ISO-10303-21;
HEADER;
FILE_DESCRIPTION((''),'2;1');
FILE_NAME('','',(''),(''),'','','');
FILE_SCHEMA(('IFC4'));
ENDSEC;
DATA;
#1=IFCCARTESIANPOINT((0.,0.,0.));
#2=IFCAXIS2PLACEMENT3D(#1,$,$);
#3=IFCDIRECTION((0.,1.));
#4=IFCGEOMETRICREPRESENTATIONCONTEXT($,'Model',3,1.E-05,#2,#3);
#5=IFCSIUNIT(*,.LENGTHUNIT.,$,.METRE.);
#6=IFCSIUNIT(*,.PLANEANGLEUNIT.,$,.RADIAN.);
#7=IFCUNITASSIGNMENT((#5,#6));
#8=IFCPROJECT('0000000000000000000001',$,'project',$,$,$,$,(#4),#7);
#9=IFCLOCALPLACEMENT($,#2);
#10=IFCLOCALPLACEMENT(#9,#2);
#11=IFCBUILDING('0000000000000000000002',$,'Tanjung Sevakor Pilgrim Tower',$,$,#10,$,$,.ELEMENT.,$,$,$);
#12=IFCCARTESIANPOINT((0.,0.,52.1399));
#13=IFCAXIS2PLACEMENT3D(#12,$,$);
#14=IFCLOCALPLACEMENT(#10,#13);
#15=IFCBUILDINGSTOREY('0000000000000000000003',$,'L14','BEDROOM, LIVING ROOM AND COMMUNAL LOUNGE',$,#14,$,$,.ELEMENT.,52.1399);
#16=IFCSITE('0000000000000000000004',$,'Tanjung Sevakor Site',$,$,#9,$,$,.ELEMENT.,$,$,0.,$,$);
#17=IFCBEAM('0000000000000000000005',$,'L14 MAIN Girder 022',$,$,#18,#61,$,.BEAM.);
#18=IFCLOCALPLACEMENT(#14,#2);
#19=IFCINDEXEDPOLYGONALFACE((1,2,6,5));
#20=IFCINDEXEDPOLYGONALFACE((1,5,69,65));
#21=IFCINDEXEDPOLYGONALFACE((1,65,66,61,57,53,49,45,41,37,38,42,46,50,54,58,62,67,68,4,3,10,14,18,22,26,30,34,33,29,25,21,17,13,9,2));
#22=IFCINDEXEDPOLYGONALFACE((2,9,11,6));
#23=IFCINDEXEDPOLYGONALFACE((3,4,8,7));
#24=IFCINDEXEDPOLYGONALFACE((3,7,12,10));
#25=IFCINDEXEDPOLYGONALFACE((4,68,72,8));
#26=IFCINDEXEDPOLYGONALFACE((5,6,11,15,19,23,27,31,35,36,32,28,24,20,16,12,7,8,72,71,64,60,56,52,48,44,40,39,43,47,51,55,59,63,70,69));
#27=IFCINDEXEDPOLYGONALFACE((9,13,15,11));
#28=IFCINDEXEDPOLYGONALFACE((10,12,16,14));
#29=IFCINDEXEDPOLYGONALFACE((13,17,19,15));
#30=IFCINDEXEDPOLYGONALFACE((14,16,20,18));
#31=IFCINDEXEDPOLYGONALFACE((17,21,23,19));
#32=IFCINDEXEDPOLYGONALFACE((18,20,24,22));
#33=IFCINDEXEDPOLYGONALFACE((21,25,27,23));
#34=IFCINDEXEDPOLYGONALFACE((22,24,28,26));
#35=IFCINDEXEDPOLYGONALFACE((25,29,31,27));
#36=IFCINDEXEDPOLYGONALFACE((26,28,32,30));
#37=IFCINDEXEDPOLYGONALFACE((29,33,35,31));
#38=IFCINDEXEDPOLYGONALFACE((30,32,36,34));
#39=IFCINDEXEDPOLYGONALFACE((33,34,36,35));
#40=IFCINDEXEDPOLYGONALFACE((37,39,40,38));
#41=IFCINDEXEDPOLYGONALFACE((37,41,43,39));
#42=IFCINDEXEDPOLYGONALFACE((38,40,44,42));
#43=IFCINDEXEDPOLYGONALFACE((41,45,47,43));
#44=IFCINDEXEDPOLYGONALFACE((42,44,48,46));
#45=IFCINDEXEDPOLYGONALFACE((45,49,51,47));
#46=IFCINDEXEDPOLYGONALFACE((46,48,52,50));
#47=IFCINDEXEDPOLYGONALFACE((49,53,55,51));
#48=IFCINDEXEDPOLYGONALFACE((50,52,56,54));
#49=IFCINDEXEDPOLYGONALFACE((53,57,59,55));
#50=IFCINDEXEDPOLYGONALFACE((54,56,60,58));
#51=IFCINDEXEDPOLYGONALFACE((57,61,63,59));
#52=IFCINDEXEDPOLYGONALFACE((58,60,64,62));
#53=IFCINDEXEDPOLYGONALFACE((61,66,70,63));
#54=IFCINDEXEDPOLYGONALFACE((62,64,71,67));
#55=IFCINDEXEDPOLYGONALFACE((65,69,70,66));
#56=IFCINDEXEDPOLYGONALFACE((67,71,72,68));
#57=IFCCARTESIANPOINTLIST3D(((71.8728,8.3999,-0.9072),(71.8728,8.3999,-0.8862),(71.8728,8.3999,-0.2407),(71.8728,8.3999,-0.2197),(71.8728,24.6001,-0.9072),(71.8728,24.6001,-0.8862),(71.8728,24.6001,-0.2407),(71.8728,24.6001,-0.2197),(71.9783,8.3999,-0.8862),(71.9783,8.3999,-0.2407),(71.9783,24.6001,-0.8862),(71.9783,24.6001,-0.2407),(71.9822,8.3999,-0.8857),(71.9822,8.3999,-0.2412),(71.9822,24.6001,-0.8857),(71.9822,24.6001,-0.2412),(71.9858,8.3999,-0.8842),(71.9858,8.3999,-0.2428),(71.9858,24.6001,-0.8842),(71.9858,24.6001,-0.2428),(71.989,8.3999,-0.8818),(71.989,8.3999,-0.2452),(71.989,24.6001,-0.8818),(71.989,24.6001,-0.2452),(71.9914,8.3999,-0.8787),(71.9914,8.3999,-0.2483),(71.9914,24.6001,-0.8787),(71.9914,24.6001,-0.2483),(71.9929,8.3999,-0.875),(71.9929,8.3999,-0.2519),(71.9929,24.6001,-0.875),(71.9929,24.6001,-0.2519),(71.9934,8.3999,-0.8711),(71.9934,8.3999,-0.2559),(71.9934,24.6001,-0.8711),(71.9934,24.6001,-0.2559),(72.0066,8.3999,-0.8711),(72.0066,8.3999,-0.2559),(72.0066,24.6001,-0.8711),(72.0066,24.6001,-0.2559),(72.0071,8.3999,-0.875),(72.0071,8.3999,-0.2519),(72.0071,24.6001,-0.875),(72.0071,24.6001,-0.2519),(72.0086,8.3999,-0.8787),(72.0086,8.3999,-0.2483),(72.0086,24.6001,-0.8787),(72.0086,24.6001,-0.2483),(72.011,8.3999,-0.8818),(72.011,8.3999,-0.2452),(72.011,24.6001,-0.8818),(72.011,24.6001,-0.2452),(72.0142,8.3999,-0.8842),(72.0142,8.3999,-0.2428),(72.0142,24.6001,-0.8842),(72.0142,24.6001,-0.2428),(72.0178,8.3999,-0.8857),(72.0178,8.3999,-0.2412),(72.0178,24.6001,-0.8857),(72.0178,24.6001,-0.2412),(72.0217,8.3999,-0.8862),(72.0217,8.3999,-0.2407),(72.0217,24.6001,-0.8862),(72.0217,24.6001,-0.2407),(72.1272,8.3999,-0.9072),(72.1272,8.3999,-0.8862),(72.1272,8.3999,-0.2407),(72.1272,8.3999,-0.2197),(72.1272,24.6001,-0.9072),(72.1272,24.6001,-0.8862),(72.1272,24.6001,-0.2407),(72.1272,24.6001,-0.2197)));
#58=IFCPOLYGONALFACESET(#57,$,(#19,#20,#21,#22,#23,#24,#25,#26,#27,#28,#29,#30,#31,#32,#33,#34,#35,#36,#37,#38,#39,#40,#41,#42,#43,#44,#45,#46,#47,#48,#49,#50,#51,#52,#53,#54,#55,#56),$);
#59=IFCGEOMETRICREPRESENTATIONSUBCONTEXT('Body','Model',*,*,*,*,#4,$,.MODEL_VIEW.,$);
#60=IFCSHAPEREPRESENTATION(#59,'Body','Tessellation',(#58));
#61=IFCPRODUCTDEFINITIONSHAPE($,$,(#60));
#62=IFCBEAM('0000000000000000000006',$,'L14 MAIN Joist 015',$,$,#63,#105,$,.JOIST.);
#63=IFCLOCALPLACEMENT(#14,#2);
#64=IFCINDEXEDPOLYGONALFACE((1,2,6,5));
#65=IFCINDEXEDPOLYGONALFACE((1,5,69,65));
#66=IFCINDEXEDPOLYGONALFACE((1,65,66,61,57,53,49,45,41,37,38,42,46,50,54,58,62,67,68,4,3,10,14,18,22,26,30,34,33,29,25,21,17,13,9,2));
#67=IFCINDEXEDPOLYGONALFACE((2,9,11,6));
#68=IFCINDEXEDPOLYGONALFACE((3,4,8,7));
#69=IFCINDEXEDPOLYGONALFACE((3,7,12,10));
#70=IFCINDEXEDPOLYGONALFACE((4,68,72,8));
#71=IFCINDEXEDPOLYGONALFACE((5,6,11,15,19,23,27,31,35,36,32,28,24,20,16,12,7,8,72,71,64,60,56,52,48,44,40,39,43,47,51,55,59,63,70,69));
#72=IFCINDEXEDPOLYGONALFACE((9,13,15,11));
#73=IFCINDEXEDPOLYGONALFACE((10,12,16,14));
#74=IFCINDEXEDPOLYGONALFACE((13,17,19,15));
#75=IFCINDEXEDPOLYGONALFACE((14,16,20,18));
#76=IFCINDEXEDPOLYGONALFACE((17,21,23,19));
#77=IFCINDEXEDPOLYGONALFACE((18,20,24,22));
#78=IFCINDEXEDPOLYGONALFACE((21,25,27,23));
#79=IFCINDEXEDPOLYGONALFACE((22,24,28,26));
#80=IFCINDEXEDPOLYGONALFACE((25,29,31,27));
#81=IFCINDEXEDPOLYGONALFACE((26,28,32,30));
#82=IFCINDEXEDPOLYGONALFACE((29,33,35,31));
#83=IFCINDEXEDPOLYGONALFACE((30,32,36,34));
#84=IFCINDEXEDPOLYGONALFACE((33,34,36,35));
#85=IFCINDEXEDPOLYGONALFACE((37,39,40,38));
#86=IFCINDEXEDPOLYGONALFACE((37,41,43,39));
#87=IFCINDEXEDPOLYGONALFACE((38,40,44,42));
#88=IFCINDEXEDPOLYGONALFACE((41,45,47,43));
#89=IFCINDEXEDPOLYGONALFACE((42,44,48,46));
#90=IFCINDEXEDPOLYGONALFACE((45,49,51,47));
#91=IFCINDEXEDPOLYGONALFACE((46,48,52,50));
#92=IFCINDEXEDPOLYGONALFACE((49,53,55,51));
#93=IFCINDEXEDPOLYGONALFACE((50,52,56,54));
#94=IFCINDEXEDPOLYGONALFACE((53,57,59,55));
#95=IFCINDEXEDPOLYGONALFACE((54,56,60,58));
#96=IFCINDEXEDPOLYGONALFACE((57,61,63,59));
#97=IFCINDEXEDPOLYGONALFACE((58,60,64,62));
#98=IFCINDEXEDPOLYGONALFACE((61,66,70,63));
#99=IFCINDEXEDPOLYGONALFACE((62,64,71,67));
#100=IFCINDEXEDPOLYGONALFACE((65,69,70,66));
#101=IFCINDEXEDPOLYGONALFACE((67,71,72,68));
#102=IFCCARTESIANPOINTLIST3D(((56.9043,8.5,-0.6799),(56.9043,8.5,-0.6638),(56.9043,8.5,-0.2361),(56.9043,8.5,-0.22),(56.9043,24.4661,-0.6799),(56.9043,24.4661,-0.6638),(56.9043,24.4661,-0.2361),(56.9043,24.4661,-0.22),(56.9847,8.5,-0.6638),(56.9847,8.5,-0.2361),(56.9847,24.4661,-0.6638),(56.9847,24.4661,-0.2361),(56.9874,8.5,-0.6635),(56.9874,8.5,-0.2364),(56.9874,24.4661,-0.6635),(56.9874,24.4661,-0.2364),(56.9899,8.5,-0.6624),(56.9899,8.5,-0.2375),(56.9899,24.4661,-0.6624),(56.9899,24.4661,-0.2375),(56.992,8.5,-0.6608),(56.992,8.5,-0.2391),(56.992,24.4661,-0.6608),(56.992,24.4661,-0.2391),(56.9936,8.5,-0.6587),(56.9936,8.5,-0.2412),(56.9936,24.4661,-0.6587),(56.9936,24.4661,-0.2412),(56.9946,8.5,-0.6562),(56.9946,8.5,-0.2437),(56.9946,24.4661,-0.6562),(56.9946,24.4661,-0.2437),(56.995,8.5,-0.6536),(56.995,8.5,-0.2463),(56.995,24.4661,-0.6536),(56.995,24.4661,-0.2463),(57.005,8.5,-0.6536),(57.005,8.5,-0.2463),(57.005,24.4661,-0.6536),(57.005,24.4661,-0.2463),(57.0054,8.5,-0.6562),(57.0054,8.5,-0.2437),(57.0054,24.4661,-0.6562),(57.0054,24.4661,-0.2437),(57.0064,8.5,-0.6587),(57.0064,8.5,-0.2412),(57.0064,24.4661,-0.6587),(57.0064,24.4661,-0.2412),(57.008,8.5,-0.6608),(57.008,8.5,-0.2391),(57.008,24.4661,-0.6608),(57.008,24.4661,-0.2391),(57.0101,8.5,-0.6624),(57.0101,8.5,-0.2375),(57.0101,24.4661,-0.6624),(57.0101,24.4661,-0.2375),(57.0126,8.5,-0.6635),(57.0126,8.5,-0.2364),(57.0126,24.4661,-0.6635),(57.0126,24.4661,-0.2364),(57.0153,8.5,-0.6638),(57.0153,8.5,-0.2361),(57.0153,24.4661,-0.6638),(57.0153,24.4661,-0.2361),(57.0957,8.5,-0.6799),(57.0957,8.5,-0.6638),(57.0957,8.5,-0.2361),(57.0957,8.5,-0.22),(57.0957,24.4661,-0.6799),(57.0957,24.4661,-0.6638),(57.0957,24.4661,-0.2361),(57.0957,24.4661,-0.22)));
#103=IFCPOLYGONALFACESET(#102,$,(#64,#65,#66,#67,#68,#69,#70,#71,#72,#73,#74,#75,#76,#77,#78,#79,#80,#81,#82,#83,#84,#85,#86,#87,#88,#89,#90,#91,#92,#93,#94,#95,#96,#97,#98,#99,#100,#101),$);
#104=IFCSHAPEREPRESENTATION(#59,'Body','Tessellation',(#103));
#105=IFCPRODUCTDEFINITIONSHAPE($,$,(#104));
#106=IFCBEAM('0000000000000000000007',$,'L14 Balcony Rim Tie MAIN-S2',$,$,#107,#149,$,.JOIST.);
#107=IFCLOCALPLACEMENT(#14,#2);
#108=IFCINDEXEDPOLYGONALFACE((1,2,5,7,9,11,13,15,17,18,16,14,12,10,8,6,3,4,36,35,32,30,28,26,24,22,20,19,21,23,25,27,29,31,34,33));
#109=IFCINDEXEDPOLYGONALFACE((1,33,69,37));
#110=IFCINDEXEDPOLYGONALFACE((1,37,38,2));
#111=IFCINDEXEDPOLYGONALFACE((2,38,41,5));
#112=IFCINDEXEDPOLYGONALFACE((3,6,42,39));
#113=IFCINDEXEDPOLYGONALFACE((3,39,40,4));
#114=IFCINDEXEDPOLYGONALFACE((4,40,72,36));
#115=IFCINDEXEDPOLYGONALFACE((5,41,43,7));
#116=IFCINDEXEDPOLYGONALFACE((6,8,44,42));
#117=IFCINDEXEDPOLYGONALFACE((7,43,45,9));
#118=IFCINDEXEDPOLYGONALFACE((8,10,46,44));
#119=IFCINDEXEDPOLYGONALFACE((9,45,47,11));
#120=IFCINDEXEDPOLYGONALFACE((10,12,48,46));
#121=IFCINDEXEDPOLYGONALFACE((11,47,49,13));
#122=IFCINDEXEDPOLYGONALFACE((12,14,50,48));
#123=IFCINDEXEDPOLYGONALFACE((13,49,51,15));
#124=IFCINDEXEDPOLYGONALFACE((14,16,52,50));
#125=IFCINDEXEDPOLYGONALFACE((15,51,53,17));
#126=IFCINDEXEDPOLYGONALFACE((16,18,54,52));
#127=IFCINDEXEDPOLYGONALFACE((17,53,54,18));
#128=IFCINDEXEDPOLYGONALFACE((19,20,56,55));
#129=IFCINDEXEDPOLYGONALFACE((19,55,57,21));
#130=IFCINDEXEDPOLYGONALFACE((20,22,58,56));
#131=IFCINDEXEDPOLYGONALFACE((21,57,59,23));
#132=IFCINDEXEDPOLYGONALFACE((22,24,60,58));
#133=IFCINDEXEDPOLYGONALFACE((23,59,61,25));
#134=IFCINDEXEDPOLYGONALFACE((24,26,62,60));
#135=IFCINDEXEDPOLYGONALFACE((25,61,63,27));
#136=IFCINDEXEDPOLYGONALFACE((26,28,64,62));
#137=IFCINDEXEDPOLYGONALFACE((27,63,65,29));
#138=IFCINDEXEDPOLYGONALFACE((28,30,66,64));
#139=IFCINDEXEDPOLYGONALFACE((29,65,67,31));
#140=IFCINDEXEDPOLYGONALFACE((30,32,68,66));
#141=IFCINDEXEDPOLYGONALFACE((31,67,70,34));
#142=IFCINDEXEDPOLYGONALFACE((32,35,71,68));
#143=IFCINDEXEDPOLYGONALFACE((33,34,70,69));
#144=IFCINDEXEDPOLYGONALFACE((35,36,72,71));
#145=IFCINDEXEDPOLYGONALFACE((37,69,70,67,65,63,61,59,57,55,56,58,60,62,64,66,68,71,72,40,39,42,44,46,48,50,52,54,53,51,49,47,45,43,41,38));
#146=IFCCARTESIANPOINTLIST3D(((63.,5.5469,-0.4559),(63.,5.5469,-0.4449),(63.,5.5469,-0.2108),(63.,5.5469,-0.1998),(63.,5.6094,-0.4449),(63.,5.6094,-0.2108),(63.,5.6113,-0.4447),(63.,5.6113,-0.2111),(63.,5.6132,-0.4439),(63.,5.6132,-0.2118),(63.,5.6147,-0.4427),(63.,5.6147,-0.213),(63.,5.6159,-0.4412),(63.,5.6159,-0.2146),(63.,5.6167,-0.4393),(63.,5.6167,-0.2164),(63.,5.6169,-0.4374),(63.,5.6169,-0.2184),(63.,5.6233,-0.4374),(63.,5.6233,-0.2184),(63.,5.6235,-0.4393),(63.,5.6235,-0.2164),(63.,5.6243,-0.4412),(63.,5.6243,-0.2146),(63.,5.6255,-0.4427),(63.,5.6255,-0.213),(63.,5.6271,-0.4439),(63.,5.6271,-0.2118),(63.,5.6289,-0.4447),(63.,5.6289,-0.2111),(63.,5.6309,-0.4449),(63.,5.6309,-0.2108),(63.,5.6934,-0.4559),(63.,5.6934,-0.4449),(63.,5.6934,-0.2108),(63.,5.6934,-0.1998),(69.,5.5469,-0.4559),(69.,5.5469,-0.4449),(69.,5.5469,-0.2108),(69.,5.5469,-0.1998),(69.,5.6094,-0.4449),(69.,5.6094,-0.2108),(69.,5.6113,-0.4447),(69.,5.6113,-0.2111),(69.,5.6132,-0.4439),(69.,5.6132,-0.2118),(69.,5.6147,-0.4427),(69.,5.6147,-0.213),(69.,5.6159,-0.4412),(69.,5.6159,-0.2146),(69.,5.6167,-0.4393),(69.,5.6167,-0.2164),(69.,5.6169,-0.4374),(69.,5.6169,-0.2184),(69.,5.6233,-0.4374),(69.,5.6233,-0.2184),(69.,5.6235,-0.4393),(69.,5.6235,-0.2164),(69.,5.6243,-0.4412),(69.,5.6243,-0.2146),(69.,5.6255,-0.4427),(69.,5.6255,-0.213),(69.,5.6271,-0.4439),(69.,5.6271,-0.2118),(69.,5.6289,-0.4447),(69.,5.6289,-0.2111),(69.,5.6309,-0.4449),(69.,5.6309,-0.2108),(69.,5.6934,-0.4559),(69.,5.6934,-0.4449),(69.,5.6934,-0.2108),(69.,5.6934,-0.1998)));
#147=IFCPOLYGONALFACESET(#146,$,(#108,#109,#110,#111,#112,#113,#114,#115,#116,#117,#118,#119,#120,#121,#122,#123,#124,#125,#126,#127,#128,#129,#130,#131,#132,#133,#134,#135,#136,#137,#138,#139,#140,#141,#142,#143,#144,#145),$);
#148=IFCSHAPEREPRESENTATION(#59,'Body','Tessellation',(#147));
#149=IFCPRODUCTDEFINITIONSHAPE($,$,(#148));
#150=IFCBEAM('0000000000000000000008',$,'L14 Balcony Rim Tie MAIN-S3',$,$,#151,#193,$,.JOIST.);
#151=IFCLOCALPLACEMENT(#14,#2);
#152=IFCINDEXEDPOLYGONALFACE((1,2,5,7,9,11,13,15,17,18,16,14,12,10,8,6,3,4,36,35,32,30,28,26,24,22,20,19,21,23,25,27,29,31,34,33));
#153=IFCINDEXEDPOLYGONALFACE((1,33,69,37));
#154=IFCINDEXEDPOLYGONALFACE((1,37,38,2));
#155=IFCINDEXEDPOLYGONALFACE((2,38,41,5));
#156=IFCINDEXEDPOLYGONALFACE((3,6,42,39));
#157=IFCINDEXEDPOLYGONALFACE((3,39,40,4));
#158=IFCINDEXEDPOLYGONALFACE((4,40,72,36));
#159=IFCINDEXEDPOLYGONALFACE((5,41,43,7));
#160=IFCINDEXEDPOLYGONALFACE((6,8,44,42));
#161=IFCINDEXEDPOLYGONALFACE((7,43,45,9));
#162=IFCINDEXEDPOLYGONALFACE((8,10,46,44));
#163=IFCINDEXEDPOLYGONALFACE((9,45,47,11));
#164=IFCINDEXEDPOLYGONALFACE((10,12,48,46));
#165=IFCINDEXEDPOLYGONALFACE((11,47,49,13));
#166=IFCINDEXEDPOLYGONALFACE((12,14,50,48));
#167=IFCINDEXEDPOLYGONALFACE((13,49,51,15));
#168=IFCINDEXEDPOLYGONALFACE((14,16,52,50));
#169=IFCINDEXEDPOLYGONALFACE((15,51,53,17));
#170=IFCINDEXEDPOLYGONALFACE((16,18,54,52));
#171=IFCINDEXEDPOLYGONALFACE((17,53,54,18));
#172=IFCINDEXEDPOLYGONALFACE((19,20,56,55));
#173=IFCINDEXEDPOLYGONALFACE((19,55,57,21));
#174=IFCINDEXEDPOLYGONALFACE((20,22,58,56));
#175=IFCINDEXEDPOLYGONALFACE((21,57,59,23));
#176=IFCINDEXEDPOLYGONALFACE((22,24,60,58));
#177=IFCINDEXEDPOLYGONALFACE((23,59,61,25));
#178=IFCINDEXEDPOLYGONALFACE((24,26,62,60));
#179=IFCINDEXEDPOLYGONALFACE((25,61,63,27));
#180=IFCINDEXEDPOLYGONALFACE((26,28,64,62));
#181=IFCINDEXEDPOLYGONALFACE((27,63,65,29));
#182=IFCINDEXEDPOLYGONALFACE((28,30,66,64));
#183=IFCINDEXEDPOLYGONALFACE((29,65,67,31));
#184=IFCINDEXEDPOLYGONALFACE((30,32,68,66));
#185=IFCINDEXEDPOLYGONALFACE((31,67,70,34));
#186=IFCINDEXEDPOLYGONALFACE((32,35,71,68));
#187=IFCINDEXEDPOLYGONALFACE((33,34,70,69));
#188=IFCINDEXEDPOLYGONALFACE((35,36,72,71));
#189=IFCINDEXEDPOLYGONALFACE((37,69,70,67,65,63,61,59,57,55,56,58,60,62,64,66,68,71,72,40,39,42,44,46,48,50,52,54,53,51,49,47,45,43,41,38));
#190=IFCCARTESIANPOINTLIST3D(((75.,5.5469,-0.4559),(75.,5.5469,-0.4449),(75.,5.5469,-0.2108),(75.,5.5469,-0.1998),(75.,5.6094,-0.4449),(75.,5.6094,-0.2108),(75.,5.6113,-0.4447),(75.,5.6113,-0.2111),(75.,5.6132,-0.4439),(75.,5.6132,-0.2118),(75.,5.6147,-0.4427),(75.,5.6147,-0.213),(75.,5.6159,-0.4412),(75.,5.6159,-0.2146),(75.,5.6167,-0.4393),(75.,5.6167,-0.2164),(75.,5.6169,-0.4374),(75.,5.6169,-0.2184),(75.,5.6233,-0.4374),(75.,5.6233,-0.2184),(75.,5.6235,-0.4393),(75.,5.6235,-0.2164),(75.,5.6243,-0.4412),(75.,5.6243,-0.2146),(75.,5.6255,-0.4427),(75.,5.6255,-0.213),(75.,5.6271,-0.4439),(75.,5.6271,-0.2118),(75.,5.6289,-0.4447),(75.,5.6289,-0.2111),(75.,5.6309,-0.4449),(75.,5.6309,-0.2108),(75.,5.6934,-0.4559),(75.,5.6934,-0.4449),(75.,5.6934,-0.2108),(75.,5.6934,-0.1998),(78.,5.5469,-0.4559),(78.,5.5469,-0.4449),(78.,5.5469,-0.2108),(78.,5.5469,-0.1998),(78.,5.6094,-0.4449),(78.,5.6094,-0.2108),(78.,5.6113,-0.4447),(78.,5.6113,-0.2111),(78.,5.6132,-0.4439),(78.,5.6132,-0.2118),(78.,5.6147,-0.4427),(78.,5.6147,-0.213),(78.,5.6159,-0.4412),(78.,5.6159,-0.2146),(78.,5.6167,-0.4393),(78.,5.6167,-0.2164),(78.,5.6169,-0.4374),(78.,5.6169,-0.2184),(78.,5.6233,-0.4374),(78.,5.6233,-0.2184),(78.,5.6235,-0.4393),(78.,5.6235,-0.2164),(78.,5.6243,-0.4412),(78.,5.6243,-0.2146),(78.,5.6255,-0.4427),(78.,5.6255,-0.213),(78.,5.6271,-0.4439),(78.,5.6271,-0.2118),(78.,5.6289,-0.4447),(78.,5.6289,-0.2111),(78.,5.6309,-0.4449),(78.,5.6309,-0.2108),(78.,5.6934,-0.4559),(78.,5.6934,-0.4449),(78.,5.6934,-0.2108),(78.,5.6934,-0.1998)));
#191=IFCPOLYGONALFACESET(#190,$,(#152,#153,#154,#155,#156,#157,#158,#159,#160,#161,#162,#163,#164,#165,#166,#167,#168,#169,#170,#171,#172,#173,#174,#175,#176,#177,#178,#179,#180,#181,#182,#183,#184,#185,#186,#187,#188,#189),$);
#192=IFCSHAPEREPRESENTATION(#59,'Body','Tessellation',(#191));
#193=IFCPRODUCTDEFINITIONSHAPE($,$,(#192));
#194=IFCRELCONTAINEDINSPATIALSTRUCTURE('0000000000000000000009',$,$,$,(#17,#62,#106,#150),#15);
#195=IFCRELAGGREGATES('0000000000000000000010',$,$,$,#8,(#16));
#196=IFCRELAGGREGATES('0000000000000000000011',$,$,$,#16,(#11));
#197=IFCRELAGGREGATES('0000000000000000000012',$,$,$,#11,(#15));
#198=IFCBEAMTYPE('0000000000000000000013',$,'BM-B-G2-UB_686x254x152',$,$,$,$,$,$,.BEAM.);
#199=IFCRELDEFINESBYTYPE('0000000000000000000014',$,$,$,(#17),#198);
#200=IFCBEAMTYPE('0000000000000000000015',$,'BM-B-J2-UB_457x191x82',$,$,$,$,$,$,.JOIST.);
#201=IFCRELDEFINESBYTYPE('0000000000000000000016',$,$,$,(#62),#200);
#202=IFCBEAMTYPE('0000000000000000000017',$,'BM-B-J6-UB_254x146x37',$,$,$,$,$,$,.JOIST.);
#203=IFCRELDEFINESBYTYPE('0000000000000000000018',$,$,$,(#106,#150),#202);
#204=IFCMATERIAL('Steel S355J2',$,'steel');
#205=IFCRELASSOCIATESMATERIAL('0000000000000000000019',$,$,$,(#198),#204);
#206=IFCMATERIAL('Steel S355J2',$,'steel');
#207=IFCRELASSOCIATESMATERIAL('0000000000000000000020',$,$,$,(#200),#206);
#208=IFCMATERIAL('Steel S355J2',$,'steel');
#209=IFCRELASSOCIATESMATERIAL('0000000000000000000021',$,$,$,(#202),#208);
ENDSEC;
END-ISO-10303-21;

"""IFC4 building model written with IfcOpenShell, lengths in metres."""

from ifc_helpers import new_model, si_unit, direction, frame, origin, origin_2d, place, context, subcontext, project, spatial, i_section, extrude, material, material_profile, profile_set, type_object, element, save


model = new_model("IFC4")

# Units and contexts
model_context = context("Model", 3, precision=1e-05, world=origin(), true_north=direction((0.0, 1.0)))
body_context = subcontext(model_context, "Body", "Model", "MODEL_VIEW")
ifc_project = project(units=[si_unit("LENGTHUNIT", "METRE"), si_unit("PLANEANGLEUNIT", "RADIAN")], contexts=[model_context])

# Site, building, storey
site_placement = place(None, origin())
site = spatial("IfcSite", under=ifc_project, at=site_placement, Name="Tanjung Sevakor Site", CompositionType="ELEMENT", RefElevation=0.0)
building_placement = place(site_placement, origin())
building = spatial("IfcBuilding", under=site, at=building_placement, Name="Tanjung Sevakor Pilgrim Tower", CompositionType="ELEMENT")
storey_placement = place(building_placement, frame((0.0, 0.0, 52.1399)))
storey = spatial("IfcBuildingStorey", under=building, at=storey_placement, Name="L14", Description="BEDROOM, LIVING ROOM AND COMMUNAL LOUNGE", CompositionType="ELEMENT", Elevation=52.1399)

# Beams
ifc_material_1 = material(Name="Steel S355J2", Category="steel")
ifc_material_profile_1 = material_profile(ifc_material_1, i_section(OverallWidth=0.2544, OverallDepth=0.6875, WebThickness=0.0132, FlangeThickness=0.021, FilletRadius=0.0151, at=origin_2d()))
ifc_profile_set_1 = profile_set([ifc_material_profile_1], Name="Steel S355J2")
beam_type_1 = type_object("IfcBeamType", Name="BM-B-G2-UB_686x254x152", PredefinedType="BEAM", material=ifc_profile_set_1)
for number, where, z_axis, x_axis, name in (
    (1, (72.0, 8.3999, -0.5635), (0.0, 1.0, 0.0), (-1.0, 0.0, 0.0), "L14 MAIN Girder 022"),
):
    element("IfcBeam", number, at=place(storey_placement, frame(where, z_axis=z_axis, x_axis=x_axis)), inside=storey, type_object=beam_type_1, Name=name, PredefinedType="BEAM", context=body_context, shape_type="SweptSolid", body=[
        extrude(i_section(OverallWidth=0.2544, OverallDepth=0.6875, WebThickness=0.0132, FlangeThickness=0.021, FilletRadius=0.0151, at=origin_2d()), origin(), (0.0, 0.0, 1.0), 16.2002),
    ])
ifc_material_2 = material(Name="Steel S355J2", Category="steel")
ifc_material_profile_2 = material_profile(ifc_material_2, i_section(OverallWidth=0.1914, OverallDepth=0.46, WebThickness=0.01, FlangeThickness=0.0161, FilletRadius=0.0103, at=origin_2d()))
ifc_profile_set_2 = profile_set([ifc_material_profile_2], Name="Steel S355J2")
beam_type_2 = type_object("IfcBeamType", Name="BM-B-J2-UB_457x191x82", PredefinedType="JOIST", material=ifc_profile_set_2)
beam_1_placement = place(storey_placement, frame((57.0, 8.5, -0.45), z_axis=(0.0, 1.0, 0.0), x_axis=(-1.0, 0.0, 0.0)))
element("IfcBeam", 2, at=beam_1_placement, inside=storey, type_object=beam_type_2, Name="L14 MAIN Joist 015", PredefinedType="JOIST", context=body_context, shape_type="SweptSolid", body=[
    extrude(i_section(OverallWidth=0.1914, OverallDepth=0.46, WebThickness=0.01, FlangeThickness=0.0161, FilletRadius=0.0103, at=origin_2d()), origin(), (0.0, 0.0, 1.0), 15.9661),
])
ifc_material_3 = material(Name="Steel S355J2", Category="steel")
ifc_material_profile_3 = material_profile(ifc_material_3, i_section(OverallWidth=0.1465, OverallDepth=0.2561, WebThickness=0.0063, FlangeThickness=0.011, FilletRadius=0.0076, at=origin_2d()))
ifc_profile_set_3 = profile_set([ifc_material_profile_3], Name="Steel S355J2")
beam_type_3 = type_object("IfcBeamType", Name="BM-B-J6-UB_254x146x37", PredefinedType="JOIST", material=ifc_profile_set_3)
beam_2_placement = place(storey_placement, frame((63.0, 5.6201, -0.3279), z_axis=(1.0, 0.0, 0.0), x_axis=(0.0, 1.0, 0.0)))
element("IfcBeam", 3, at=beam_2_placement, inside=storey, type_object=beam_type_3, Name="L14 Balcony Rim Tie MAIN-S2", PredefinedType="JOIST", context=body_context, shape_type="SweptSolid", body=[
    extrude(i_section(OverallWidth=0.1465, OverallDepth=0.2561, WebThickness=0.0063, FlangeThickness=0.011, FilletRadius=0.0076, at=origin_2d()), origin(), (0.0, 0.0, 1.0), 6.0),
])
beam_3_placement = place(storey_placement, frame((75.0, 5.6201, -0.3279), z_axis=(1.0, 0.0, 0.0), x_axis=(0.0, 1.0, 0.0)))
element("IfcBeam", 4, at=beam_3_placement, inside=storey, type_object=beam_type_3, Name="L14 Balcony Rim Tie MAIN-S3", PredefinedType="JOIST", context=body_context, shape_type="SweptSolid", body=[
    extrude(i_section(OverallWidth=0.1465, OverallDepth=0.2561, WebThickness=0.0063, FlangeThickness=0.011, FilletRadius=0.0076, at=origin_2d()), origin(), (0.0, 0.0, 1.0), 3.0),
])

save(model, "model.ifc")
